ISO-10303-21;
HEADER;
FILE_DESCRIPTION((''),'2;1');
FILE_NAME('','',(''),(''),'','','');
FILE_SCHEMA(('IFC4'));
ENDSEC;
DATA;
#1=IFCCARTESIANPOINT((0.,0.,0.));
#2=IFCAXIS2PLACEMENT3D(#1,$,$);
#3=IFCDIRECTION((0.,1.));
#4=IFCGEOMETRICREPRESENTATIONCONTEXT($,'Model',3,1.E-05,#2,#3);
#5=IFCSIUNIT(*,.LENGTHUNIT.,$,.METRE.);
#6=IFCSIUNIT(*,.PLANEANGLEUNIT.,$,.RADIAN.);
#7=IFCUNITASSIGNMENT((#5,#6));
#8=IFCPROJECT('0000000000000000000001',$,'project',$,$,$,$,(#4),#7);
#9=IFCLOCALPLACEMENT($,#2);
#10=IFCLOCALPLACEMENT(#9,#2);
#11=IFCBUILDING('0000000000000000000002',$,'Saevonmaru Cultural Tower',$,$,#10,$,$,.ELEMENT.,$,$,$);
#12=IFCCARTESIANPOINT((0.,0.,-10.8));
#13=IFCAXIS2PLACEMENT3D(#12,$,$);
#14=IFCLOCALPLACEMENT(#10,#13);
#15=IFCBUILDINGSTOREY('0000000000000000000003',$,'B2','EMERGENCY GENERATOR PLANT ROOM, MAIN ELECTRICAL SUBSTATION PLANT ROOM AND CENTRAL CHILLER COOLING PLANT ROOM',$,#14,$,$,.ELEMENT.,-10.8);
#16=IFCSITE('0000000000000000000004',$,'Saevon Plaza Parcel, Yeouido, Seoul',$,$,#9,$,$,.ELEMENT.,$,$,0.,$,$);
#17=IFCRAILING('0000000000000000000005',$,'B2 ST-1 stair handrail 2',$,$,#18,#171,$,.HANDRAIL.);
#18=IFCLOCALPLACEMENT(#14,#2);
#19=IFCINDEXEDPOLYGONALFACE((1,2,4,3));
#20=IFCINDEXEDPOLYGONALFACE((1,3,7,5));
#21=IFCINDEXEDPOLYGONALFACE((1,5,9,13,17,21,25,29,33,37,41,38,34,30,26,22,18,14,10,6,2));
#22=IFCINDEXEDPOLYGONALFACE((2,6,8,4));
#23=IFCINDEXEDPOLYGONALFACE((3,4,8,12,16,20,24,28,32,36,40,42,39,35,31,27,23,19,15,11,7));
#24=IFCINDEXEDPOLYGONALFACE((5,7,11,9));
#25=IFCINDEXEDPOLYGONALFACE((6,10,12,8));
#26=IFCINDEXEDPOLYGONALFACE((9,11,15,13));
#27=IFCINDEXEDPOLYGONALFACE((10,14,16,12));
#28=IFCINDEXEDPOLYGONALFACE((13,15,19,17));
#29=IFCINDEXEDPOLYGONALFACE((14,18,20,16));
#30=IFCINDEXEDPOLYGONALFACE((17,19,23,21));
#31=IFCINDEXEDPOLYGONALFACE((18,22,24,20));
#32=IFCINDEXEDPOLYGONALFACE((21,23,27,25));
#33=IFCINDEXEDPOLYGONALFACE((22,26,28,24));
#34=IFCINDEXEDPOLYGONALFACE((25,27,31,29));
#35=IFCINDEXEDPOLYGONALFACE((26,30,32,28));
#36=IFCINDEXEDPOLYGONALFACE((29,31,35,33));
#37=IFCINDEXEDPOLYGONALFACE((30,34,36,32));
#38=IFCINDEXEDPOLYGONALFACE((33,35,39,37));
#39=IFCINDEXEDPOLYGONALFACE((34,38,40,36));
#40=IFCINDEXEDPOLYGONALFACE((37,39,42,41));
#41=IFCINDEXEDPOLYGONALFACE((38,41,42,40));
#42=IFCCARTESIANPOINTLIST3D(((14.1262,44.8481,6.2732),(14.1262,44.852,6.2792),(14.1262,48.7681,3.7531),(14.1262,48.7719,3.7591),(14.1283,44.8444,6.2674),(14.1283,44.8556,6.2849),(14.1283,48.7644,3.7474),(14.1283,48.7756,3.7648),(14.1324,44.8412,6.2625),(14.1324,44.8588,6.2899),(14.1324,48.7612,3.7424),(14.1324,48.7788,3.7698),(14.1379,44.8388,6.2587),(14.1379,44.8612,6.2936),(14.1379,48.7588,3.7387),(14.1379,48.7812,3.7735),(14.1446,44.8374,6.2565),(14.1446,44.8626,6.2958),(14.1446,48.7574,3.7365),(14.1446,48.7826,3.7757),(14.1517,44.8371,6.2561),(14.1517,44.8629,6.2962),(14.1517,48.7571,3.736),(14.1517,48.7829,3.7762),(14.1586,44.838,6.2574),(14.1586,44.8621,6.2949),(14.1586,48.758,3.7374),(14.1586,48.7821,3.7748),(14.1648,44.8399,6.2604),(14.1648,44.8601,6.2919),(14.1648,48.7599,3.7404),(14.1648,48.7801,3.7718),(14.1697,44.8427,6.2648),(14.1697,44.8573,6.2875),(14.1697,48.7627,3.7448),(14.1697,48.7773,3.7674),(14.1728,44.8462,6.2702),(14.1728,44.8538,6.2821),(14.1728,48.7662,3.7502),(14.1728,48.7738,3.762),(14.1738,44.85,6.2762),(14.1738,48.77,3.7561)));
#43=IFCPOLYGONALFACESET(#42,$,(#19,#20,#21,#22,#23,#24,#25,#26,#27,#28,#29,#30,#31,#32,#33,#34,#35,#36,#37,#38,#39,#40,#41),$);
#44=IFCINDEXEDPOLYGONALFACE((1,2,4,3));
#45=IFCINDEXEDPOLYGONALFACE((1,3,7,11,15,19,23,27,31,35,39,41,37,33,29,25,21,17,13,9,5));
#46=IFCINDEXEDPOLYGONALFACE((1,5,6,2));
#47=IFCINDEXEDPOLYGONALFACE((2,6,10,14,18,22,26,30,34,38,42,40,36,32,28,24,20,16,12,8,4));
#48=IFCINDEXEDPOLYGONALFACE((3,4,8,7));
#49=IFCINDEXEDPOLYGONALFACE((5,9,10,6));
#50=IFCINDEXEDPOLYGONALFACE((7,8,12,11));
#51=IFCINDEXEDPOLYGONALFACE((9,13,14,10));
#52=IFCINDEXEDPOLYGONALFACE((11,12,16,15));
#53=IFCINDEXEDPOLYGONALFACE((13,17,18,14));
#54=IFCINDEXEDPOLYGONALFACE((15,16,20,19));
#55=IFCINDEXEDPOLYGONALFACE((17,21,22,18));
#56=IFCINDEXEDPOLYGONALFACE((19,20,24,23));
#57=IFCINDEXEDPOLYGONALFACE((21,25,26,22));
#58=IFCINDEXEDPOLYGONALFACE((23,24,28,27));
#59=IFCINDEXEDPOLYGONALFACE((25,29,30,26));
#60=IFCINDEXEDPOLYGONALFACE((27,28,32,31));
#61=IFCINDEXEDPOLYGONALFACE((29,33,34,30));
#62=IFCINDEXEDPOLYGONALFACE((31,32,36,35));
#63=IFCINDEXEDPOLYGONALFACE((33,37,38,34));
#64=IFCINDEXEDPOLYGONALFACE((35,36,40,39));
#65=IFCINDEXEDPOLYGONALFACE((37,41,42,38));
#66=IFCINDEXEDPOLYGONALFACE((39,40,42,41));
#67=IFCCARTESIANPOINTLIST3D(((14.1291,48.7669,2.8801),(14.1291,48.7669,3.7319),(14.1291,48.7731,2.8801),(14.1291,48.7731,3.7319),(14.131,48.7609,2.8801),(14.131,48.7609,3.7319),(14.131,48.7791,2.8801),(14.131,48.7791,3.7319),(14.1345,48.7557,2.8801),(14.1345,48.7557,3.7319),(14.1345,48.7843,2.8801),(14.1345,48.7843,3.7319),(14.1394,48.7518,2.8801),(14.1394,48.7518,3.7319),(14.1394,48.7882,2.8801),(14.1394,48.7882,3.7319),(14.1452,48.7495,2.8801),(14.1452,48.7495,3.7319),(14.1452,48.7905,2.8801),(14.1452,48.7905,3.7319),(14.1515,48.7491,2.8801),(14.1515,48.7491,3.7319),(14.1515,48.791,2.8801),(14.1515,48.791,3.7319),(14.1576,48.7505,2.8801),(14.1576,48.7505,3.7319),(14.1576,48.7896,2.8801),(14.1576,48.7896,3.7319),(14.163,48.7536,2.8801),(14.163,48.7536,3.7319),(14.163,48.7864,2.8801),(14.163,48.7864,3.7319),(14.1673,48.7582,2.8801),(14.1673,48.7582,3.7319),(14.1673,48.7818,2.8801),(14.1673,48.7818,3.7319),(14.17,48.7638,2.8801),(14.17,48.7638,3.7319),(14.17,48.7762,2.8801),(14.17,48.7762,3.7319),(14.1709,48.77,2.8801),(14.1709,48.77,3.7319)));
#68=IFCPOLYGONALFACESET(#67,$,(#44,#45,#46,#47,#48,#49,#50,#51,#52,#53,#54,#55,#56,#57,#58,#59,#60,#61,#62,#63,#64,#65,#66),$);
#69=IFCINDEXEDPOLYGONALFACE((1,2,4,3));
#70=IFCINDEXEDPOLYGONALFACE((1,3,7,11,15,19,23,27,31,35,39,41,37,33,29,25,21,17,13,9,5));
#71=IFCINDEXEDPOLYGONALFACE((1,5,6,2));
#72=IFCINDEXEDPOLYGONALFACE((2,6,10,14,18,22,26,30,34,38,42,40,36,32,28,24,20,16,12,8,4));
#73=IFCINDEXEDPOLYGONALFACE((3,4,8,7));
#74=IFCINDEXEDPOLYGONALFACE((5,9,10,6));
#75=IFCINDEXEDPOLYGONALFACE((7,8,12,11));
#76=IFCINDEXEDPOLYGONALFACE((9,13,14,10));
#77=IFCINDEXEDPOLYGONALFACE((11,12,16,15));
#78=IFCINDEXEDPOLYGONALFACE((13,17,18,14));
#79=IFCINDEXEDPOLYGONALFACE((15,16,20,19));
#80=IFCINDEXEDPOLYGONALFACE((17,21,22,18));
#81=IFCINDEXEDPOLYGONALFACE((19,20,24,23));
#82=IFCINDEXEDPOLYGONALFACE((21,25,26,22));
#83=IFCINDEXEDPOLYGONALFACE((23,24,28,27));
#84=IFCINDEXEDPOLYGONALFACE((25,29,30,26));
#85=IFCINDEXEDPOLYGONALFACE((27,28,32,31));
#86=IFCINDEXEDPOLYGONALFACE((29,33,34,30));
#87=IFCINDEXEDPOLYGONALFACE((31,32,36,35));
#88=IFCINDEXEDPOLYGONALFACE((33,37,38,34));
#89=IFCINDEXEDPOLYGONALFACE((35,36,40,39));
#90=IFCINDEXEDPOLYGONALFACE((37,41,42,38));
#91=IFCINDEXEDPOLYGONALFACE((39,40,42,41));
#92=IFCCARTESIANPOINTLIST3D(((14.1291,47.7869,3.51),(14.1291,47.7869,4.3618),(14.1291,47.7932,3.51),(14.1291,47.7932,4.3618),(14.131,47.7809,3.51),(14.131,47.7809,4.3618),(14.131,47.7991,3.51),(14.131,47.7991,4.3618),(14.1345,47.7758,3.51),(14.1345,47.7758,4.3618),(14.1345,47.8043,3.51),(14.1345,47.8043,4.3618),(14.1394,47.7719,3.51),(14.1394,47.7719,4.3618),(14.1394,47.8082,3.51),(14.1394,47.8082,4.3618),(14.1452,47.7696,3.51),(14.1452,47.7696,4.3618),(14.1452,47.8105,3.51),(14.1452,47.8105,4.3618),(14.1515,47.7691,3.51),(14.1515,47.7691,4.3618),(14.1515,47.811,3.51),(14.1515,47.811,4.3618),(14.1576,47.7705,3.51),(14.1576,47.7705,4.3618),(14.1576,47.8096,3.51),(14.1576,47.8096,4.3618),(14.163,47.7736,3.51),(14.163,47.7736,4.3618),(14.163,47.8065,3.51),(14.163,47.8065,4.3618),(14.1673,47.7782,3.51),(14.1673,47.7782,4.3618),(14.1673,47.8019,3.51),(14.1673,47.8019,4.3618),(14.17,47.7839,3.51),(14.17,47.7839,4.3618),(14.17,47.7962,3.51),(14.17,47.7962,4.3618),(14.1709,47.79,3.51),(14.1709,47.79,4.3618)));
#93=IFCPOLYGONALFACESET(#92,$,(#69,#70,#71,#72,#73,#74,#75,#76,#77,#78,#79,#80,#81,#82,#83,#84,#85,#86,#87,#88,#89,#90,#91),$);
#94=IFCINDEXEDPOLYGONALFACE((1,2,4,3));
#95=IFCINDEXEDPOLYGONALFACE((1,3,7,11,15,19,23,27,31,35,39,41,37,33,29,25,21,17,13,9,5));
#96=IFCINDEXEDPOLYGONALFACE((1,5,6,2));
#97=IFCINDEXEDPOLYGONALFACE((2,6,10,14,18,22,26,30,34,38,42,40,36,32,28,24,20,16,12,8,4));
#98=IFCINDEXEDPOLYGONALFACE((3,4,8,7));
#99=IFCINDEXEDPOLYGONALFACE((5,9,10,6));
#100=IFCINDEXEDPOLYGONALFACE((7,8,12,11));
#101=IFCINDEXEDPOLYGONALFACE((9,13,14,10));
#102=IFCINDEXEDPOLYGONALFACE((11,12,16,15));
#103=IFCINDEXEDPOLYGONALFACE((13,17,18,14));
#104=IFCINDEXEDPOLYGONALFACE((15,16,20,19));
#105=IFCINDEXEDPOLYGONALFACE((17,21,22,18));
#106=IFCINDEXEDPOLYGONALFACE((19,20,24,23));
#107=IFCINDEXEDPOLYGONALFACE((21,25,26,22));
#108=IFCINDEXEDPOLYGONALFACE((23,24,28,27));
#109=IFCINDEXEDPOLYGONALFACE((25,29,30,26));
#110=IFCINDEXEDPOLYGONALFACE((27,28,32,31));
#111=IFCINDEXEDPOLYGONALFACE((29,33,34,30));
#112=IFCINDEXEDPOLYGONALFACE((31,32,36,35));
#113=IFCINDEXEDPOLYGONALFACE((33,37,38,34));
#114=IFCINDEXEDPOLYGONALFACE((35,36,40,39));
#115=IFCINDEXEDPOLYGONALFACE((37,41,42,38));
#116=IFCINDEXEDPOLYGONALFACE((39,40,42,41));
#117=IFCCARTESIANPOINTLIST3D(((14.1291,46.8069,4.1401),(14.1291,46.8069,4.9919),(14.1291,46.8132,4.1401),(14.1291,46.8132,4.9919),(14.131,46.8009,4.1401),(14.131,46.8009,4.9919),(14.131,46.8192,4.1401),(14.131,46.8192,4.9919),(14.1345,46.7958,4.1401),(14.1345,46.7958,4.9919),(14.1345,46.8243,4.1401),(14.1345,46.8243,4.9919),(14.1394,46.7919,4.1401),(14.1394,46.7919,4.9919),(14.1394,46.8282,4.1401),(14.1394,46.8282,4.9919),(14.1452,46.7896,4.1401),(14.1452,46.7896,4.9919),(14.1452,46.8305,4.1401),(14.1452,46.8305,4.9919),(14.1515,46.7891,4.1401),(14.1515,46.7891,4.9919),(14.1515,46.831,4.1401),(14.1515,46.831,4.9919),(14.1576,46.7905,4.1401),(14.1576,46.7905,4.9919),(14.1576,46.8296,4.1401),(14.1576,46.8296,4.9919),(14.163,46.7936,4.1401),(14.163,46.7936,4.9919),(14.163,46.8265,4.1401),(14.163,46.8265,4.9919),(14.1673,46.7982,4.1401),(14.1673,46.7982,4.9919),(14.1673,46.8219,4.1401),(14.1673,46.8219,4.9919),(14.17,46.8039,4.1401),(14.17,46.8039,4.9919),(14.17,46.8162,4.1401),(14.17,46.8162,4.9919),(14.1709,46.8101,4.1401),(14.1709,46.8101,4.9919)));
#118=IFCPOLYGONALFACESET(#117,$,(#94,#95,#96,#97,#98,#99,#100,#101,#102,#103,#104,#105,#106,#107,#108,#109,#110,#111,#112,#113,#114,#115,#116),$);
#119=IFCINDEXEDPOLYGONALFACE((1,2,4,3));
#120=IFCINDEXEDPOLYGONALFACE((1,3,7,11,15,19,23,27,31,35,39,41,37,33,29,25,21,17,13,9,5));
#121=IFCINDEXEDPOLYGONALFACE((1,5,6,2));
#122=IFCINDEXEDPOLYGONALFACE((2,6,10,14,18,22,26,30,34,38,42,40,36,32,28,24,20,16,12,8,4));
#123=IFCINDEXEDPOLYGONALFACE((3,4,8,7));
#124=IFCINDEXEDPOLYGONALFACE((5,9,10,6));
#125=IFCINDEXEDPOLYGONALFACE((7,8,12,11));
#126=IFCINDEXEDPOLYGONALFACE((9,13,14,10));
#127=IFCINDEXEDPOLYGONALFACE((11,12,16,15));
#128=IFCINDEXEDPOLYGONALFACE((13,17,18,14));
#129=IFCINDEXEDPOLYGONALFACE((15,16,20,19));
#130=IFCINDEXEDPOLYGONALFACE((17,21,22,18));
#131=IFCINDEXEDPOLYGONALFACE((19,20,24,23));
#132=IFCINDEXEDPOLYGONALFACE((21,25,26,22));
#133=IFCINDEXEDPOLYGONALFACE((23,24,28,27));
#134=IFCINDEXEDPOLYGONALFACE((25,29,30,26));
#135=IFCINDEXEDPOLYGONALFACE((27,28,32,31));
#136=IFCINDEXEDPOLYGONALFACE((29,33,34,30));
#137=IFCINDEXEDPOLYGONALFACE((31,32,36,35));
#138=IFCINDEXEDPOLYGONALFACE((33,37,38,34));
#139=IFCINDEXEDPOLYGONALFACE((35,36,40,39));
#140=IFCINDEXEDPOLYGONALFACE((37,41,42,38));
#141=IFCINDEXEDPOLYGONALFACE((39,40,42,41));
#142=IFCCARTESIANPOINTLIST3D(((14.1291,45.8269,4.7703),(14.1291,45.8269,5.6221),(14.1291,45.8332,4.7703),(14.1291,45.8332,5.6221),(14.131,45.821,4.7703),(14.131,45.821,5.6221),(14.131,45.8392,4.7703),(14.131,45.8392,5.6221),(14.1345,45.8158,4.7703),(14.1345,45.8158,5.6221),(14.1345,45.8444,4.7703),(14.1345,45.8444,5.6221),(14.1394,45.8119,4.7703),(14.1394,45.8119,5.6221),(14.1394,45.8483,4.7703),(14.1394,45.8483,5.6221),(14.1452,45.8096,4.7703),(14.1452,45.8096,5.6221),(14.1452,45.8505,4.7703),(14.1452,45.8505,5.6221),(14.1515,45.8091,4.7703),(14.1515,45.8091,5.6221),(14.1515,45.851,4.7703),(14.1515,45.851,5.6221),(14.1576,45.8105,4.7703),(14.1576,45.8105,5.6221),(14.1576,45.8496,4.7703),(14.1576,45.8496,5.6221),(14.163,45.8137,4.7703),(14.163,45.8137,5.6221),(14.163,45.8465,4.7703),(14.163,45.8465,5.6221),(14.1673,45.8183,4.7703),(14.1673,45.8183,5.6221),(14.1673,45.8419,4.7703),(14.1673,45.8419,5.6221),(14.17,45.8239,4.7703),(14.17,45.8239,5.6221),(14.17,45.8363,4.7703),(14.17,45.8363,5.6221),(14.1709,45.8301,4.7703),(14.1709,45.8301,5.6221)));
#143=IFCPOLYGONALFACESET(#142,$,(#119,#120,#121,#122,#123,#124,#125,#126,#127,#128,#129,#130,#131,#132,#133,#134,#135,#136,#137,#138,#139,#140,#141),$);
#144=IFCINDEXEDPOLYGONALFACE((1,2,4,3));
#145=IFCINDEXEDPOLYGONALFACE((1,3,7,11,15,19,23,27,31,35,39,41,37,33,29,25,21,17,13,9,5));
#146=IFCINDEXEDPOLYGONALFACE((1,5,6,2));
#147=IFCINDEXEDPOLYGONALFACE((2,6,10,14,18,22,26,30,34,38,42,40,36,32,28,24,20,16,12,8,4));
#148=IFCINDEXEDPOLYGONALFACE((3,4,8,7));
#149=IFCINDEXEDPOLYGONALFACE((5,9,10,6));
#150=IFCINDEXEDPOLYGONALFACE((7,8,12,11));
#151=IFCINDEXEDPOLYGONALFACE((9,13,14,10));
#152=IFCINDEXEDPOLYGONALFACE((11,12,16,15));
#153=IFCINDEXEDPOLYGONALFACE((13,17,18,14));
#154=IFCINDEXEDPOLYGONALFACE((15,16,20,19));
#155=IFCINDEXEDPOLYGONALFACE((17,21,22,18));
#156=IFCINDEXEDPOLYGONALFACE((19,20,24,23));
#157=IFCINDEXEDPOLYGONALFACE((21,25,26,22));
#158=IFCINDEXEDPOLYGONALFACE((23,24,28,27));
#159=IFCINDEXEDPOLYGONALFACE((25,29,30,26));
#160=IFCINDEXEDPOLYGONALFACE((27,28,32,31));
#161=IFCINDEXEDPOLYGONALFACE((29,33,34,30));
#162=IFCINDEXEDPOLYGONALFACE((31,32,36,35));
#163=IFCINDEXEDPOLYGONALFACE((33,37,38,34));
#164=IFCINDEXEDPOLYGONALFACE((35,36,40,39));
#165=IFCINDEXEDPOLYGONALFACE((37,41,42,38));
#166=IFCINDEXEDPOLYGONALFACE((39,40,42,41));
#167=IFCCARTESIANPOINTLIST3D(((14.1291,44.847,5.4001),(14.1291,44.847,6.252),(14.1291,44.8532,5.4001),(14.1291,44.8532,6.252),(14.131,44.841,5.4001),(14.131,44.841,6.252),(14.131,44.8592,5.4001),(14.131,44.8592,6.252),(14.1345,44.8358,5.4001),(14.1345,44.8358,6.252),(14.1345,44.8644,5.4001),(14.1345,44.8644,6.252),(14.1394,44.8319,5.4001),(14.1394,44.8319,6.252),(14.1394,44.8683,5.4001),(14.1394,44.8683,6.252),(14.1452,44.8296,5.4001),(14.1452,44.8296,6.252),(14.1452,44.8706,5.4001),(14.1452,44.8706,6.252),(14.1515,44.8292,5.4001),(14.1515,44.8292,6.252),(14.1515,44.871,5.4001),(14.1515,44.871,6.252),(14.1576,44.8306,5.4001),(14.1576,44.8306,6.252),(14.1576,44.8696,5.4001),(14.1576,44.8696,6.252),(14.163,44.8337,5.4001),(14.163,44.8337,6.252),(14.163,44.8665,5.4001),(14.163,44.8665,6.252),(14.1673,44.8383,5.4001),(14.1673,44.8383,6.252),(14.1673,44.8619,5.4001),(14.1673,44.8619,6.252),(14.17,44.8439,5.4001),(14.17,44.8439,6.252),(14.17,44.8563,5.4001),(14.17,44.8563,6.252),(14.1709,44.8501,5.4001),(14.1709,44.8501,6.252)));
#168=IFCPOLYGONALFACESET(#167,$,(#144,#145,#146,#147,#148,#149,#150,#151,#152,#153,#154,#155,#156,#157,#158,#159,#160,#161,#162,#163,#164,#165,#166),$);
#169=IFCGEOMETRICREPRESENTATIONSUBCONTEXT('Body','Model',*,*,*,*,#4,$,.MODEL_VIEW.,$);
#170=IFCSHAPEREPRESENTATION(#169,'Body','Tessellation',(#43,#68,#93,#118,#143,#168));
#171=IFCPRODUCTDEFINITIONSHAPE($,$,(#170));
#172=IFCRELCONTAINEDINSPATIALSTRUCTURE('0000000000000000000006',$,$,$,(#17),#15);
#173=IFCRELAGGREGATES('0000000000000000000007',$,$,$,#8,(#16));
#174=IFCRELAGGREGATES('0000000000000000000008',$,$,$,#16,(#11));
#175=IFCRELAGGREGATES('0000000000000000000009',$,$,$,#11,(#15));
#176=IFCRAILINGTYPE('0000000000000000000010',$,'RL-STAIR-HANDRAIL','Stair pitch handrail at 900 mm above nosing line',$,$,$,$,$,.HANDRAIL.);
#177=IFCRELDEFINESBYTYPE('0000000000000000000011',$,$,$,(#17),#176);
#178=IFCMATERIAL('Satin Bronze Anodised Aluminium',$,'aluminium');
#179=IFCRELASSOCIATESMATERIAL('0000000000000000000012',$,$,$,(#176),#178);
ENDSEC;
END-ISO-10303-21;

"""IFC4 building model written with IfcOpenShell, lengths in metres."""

from ifc_helpers import new_model, si_unit, direction, frame, origin, origin_2d, place, context, subcontext, project, spatial, circle, extrude, material, type_object, element, save


model = new_model("IFC4")

# Units and contexts
model_context = context("Model", 3, precision=1e-05, world=origin(), true_north=direction((0.0, 1.0)))
body_context = subcontext(model_context, "Body", "Model", "MODEL_VIEW")
ifc_project = project(units=[si_unit("LENGTHUNIT", "METRE"), si_unit("PLANEANGLEUNIT", "RADIAN")], contexts=[model_context])

# Site, building, storey
site_placement = place(None, origin())
site = spatial("IfcSite", under=ifc_project, at=site_placement, Name="Saevon Plaza Parcel, Yeouido, Seoul", CompositionType="ELEMENT", RefElevation=0.0)
building_placement = place(site_placement, origin())
building = spatial("IfcBuilding", under=site, at=building_placement, Name="Saevonmaru Cultural Tower", CompositionType="ELEMENT")
storey_placement = place(building_placement, frame((0.0, 0.0, -10.8)))
storey = spatial("IfcBuildingStorey", under=building, at=storey_placement, Name="B2", Description="EMERGENCY GENERATOR PLANT ROOM, MAIN ELECTRICAL SUBSTATION PLANT ROOM AND CENTRAL CHILLER COOLING PLANT ROOM", CompositionType="ELEMENT", Elevation=-10.8)

# Railing
ifc_material_1 = material(Name="Satin Bronze Anodised Aluminium", Category="aluminium")
railing_type_1 = type_object("IfcRailingType", Name="RL-STAIR-HANDRAIL", Description="Stair pitch handrail at 900 mm above nosing line", PredefinedType="HANDRAIL", material=ifc_material_1)
railing_1_placement = place(storey_placement, frame((14.1499, 48.77, 2.8801)))
element("IfcRailing", 1, at=railing_1_placement, inside=storey, type_object=railing_type_1, Name="B2 ST-1 stair handrail 2", PredefinedType="HANDRAIL", context=body_context, shape_type="SweptSolid", body=[
    extrude(circle(Radius=0.0239, at=origin_2d()), frame((0.0, 0.0, 0.876), z_axis=(0.0, -0.841172, 0.540768), x_axis=(1.0, 0.0, 0.0)), (0.0, 0.0, 1.0), 4.6602),
    extrude(circle(Radius=0.021, at=origin_2d()), origin(), (0.0, 0.0, 1.0), 0.8518),
    extrude(circle(Radius=0.021, at=origin_2d()), frame((0.0, -0.98, 0.6299)), (0.0, 0.0, 1.0), 0.8518),
    extrude(circle(Radius=0.021, at=origin_2d()), frame((0.0, -1.96, 1.26)), (0.0, 0.0, 1.0), 0.8518),
    extrude(circle(Radius=0.021, at=origin_2d()), frame((0.0, -2.9399, 1.8901)), (0.0, 0.0, 1.0), 0.8518),
    extrude(circle(Radius=0.021, at=origin_2d()), frame((0.0, -3.9199, 2.52)), (0.0, 0.0, 1.0), 0.8518),
])

save(model, "model.ifc")
